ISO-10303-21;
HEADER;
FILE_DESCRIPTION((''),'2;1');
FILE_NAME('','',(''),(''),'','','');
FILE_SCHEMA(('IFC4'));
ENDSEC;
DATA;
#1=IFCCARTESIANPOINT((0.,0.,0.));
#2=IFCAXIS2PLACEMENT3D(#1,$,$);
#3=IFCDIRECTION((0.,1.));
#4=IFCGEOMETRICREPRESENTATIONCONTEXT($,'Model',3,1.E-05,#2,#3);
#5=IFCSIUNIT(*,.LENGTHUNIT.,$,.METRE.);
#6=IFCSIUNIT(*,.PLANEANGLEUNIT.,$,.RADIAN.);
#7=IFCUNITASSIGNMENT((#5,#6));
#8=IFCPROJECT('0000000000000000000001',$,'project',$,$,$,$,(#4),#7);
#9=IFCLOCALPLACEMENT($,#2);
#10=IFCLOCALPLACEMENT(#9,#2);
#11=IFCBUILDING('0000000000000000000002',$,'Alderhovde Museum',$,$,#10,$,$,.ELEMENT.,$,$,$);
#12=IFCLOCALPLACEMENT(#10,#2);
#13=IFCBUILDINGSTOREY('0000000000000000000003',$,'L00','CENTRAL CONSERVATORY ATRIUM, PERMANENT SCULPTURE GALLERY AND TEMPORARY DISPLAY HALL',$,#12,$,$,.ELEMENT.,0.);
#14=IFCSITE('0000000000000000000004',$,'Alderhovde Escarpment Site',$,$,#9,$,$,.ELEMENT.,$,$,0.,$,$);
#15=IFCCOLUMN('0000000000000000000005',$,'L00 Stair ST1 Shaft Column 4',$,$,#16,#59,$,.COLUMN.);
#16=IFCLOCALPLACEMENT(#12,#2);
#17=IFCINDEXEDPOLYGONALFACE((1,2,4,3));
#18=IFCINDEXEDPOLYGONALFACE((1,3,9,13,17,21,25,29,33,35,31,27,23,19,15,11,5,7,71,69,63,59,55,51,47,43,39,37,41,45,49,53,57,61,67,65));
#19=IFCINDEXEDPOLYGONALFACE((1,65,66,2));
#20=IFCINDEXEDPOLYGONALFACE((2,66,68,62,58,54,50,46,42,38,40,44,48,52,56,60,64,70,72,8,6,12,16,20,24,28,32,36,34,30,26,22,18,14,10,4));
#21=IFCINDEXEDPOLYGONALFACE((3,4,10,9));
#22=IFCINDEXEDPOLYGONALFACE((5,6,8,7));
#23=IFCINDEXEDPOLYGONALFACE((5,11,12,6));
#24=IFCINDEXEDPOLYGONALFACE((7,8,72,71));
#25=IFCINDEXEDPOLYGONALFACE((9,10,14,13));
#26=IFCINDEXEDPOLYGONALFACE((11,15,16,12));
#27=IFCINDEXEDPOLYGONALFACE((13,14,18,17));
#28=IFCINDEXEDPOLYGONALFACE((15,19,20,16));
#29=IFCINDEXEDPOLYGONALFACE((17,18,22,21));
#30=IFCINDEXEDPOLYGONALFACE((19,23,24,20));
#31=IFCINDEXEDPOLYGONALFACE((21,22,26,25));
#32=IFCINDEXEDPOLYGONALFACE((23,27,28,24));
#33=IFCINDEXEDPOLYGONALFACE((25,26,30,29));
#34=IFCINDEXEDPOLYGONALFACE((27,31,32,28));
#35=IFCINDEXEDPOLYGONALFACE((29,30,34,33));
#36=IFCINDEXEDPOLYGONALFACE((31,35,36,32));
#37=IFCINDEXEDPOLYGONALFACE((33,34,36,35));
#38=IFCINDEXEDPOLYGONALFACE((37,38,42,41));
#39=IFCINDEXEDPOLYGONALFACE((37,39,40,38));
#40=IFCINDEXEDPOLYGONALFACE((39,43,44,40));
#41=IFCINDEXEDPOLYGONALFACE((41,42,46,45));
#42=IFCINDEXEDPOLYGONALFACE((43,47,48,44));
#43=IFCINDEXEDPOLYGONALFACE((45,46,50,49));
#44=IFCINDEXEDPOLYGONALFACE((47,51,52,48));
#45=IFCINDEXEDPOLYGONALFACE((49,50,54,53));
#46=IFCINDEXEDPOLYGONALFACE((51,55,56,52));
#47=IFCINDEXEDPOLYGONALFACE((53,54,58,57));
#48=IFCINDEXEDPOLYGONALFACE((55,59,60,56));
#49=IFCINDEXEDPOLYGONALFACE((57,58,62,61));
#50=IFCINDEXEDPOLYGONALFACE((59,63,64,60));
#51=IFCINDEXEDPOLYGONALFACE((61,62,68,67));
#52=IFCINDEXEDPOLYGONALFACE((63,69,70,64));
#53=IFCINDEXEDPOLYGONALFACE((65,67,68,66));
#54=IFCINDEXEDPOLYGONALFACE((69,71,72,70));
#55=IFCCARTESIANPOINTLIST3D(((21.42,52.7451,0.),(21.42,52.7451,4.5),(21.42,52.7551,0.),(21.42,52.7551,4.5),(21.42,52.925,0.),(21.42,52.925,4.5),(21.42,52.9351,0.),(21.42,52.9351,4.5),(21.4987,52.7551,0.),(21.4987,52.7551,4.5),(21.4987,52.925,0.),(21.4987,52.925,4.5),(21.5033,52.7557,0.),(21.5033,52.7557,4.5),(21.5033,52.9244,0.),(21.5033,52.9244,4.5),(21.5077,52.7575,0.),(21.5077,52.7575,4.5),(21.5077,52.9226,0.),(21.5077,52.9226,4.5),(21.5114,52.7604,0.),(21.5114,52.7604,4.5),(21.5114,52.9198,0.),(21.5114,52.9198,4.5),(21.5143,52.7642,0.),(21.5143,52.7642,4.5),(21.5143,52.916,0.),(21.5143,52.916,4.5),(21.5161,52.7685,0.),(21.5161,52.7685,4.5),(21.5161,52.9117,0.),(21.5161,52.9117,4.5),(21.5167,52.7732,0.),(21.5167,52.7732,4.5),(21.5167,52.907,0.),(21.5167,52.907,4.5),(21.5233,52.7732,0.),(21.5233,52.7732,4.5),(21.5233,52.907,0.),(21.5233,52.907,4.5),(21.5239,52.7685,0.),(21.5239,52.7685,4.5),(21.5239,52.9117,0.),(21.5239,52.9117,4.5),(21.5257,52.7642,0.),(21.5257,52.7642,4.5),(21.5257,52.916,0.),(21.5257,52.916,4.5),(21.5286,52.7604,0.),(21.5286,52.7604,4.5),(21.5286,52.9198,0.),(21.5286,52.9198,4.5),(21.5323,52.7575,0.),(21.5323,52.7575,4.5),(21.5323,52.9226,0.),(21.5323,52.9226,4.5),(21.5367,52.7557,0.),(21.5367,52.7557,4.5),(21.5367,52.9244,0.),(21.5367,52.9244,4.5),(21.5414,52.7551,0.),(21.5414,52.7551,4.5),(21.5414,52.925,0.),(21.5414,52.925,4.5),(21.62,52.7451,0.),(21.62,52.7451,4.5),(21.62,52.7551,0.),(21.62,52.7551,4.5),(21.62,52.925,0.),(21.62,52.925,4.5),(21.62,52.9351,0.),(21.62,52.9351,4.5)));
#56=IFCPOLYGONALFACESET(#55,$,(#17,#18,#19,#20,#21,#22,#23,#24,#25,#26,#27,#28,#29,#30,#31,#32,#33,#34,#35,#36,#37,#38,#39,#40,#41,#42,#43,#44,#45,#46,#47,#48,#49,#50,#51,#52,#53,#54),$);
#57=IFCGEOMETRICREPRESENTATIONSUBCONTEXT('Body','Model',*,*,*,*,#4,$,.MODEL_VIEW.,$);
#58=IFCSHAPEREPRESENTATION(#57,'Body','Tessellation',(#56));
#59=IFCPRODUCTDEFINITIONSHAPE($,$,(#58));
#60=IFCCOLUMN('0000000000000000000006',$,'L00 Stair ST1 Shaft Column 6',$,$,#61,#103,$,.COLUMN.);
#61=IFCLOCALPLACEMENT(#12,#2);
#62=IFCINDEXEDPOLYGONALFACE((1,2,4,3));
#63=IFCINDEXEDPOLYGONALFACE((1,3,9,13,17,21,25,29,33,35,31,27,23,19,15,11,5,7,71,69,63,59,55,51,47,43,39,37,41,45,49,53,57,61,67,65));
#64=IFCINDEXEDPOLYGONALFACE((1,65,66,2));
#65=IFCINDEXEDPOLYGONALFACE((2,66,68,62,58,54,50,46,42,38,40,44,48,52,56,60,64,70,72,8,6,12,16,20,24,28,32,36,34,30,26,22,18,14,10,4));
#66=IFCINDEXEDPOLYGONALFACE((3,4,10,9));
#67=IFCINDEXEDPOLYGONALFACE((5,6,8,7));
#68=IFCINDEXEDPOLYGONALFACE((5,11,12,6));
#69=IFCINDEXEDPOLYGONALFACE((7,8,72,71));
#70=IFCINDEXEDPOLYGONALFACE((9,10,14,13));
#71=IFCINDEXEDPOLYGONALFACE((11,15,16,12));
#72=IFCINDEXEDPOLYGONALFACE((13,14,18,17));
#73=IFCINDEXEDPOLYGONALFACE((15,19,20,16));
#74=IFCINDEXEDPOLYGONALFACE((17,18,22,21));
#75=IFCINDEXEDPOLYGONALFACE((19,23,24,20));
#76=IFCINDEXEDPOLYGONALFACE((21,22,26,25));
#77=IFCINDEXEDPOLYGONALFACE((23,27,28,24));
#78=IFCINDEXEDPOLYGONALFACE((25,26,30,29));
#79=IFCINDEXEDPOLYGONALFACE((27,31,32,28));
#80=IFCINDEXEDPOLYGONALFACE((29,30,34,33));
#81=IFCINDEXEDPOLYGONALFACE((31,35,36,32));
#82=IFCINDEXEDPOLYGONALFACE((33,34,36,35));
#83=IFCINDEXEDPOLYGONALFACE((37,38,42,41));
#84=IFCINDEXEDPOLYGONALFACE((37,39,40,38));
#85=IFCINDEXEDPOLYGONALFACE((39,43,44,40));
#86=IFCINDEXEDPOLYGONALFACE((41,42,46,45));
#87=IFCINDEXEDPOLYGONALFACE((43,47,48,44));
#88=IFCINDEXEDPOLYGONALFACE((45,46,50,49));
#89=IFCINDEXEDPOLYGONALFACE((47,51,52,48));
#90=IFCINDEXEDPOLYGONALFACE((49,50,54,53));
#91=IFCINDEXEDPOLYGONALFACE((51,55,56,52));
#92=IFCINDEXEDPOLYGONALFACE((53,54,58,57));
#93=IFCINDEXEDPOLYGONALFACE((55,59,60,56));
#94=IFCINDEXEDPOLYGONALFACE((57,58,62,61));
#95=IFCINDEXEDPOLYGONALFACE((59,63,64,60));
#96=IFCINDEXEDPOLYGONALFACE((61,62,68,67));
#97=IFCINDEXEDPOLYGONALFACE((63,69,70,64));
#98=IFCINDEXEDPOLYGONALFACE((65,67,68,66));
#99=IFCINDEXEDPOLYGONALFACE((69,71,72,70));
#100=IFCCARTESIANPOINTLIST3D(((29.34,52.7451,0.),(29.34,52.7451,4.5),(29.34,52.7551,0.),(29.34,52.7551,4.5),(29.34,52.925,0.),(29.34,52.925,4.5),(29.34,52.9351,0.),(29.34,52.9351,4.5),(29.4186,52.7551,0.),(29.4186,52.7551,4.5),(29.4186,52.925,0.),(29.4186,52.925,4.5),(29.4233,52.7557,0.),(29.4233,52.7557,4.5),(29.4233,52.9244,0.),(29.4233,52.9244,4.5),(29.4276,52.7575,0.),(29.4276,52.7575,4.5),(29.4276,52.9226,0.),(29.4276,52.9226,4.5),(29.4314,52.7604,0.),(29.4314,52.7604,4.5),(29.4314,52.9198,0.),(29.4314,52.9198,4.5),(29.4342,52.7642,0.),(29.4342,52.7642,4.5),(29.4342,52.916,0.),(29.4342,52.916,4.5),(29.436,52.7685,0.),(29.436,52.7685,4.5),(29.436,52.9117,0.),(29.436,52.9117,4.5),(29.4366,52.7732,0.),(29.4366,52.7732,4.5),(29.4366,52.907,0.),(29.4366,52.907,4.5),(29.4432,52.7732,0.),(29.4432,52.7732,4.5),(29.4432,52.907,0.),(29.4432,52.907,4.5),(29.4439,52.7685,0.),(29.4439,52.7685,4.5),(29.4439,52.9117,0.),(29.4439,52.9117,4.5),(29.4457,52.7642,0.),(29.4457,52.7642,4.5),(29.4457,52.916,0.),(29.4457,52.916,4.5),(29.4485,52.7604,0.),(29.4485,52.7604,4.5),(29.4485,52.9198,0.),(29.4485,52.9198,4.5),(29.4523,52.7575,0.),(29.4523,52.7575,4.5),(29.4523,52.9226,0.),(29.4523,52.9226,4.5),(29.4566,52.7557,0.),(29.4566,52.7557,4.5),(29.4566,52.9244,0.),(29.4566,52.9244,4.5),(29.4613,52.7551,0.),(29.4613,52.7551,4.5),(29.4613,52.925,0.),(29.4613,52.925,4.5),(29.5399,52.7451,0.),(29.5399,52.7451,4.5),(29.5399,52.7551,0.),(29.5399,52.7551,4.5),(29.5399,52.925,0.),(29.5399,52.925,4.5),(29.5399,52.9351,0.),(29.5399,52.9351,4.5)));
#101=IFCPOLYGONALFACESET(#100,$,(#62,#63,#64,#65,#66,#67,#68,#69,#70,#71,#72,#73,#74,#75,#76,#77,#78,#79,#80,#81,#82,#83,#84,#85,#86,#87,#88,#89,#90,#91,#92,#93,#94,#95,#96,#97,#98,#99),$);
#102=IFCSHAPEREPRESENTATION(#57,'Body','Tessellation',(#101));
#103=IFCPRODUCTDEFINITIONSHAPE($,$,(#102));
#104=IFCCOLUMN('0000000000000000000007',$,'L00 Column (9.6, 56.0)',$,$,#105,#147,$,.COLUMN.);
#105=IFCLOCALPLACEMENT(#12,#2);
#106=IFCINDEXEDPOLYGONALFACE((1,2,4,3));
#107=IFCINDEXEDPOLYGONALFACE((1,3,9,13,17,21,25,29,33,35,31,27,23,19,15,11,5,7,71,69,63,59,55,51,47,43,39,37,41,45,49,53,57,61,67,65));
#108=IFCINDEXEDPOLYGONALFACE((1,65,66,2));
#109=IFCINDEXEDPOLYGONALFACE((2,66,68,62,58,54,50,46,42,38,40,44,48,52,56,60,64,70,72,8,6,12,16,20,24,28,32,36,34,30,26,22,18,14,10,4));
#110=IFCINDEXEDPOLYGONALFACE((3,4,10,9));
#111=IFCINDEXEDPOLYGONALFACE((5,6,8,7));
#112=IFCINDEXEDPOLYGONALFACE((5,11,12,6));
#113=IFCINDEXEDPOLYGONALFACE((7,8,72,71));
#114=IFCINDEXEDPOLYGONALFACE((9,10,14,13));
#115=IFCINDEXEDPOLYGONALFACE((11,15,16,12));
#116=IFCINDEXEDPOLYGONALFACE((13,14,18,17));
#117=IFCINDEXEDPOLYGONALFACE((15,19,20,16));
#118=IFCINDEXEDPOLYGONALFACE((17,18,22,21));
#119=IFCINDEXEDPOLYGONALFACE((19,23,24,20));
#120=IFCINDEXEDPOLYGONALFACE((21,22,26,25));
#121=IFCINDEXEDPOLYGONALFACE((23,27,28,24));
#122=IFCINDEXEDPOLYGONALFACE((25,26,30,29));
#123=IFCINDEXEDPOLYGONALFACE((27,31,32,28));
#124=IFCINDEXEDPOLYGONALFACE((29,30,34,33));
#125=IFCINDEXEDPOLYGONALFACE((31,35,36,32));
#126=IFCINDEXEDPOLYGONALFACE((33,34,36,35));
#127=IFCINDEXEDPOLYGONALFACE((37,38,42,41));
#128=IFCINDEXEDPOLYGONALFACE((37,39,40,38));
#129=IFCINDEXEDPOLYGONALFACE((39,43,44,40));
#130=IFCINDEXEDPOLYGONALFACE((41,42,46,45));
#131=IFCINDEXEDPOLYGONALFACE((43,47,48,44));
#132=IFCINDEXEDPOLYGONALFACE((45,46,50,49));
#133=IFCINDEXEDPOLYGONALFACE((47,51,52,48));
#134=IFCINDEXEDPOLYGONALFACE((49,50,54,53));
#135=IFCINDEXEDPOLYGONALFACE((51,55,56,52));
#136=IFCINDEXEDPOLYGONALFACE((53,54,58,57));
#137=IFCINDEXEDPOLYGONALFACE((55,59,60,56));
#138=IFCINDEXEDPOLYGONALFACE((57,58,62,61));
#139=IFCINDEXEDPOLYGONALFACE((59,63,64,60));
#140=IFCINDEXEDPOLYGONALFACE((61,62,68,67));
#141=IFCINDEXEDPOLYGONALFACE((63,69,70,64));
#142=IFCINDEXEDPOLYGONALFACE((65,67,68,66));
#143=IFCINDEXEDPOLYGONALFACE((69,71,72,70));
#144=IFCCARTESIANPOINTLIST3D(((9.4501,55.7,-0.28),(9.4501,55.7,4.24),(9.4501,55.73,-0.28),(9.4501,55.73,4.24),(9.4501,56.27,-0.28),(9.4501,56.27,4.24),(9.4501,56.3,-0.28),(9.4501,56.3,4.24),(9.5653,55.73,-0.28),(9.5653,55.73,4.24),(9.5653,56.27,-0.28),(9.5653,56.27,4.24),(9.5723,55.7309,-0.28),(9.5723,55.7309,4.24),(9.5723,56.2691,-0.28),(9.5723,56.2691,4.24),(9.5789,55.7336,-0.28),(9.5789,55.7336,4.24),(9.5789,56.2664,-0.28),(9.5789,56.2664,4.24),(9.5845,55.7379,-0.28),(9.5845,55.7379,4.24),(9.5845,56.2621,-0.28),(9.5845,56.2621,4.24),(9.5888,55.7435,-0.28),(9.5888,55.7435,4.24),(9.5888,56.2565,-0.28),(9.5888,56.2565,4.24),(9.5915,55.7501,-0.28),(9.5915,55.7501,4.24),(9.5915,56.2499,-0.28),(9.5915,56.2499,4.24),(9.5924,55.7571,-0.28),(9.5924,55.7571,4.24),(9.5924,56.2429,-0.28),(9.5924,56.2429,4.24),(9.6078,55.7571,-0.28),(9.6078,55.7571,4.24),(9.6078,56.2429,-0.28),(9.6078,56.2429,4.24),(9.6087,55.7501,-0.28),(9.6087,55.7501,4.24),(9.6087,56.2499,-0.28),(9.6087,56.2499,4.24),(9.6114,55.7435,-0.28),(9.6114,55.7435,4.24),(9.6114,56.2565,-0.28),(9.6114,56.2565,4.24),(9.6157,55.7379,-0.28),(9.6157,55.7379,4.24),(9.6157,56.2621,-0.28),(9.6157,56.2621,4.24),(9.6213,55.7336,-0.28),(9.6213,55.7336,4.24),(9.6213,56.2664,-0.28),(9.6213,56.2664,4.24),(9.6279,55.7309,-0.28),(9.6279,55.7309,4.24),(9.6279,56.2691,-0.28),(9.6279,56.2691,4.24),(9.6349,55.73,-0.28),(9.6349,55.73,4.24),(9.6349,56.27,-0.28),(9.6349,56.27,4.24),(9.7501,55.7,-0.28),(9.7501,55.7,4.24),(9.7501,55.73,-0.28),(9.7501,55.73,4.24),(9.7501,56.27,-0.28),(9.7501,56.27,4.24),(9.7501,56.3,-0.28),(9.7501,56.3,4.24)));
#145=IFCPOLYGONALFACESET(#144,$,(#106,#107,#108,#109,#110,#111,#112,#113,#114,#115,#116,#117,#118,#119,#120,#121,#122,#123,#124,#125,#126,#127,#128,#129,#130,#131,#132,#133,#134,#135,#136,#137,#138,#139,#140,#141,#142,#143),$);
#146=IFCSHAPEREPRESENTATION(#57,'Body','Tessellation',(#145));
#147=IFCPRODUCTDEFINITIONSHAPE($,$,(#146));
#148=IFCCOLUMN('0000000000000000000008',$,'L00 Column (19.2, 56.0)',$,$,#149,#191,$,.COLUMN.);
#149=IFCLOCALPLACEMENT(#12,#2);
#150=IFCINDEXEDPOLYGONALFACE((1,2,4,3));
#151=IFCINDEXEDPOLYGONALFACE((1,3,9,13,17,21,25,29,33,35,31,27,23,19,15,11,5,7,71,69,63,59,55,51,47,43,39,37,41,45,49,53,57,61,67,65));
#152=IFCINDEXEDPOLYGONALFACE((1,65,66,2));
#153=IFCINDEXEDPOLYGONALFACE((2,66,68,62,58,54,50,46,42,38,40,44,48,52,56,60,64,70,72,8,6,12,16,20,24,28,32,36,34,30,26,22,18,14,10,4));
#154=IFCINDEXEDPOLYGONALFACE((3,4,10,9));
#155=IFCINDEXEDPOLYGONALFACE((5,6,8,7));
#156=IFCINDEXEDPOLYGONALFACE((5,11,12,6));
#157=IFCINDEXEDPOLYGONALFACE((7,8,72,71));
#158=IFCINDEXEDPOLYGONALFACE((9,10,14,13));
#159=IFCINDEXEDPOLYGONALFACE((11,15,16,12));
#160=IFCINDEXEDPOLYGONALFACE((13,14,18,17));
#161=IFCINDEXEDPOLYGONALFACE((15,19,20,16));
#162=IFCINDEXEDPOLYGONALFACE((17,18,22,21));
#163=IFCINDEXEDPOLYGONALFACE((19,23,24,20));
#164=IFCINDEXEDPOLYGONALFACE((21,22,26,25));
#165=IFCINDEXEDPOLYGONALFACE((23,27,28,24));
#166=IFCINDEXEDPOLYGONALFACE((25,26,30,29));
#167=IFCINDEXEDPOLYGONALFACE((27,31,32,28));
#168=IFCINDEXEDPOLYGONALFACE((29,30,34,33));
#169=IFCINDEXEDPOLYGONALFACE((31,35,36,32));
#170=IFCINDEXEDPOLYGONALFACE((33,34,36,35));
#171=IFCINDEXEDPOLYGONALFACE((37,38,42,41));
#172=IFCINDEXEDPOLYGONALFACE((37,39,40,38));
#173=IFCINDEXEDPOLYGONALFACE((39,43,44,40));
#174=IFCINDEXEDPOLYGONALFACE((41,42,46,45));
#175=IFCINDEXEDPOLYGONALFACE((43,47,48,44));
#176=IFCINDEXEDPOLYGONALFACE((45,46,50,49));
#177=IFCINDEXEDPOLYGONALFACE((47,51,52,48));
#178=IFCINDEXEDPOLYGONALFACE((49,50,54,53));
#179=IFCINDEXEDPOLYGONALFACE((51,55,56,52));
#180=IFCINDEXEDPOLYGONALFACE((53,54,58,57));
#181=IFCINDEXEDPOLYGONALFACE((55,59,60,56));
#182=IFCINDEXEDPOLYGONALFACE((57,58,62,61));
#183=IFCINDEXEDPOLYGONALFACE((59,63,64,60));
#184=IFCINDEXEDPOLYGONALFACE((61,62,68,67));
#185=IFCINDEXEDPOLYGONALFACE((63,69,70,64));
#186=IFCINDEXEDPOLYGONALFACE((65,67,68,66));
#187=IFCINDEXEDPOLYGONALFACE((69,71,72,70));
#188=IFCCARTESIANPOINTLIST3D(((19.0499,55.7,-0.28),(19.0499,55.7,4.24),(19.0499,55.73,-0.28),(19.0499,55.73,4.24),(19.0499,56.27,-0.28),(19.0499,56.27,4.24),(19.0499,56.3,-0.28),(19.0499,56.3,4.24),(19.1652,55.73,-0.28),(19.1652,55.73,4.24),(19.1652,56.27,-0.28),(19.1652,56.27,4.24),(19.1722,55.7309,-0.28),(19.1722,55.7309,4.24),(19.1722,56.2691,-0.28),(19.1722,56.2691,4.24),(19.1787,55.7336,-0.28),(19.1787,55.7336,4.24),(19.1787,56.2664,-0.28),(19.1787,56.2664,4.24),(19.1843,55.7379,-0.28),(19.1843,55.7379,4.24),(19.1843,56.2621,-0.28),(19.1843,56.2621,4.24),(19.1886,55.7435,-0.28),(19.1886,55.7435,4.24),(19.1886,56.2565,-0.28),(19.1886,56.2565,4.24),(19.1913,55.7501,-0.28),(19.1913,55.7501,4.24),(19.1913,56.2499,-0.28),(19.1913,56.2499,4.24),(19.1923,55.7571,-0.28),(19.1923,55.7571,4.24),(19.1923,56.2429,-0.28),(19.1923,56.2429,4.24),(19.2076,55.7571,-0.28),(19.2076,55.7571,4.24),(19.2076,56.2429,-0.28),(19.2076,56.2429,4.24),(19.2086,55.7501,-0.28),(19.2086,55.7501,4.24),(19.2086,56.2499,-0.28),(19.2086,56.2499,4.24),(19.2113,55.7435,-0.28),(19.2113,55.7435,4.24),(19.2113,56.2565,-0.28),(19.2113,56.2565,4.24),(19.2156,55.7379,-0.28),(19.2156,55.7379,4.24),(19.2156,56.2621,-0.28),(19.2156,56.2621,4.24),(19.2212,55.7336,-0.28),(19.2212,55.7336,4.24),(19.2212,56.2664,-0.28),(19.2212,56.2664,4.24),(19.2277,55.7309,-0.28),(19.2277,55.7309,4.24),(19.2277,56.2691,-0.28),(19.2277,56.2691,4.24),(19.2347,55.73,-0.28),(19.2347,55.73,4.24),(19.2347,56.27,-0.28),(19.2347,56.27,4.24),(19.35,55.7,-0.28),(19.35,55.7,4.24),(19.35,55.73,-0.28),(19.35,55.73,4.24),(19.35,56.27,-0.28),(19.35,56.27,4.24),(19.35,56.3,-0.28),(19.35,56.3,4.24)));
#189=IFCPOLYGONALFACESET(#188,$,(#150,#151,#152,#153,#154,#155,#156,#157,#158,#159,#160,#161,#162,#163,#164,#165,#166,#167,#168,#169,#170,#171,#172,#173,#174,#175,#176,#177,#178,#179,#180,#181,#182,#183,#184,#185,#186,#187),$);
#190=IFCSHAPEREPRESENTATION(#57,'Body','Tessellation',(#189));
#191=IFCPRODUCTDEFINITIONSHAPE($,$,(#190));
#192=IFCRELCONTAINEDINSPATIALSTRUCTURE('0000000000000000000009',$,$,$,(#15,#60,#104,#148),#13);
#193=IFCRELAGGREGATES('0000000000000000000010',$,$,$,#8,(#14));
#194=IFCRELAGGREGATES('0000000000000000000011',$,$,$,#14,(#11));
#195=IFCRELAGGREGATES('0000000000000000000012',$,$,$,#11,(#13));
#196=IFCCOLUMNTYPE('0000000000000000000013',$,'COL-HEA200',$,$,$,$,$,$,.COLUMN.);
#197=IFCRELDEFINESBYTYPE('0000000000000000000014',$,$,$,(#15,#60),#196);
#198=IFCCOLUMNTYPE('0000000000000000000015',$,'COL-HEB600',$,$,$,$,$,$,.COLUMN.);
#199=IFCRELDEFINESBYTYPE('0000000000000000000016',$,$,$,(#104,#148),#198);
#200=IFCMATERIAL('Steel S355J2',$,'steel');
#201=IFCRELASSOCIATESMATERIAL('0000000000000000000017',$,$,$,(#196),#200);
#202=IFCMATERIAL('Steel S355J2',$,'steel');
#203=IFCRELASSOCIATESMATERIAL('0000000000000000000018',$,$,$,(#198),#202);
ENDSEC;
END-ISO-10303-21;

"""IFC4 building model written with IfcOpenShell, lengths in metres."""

from ifc_helpers import new_model, si_unit, direction, frame, origin, origin_2d, place, context, subcontext, project, spatial, i_section, extrude, material, material_profile, profile_set, type_object, element, save


model = new_model("IFC4")

# Units and contexts
model_context = context("Model", 3, precision=1e-05, world=origin(), true_north=direction((0.0, 1.0)))
body_context = subcontext(model_context, "Body", "Model", "MODEL_VIEW")
ifc_project = project(units=[si_unit("LENGTHUNIT", "METRE"), si_unit("PLANEANGLEUNIT", "RADIAN")], contexts=[model_context])

# Site, building, storey
site_placement = place(None, origin())
site = spatial("IfcSite", under=ifc_project, at=site_placement, Name="Alderhovde Escarpment Site", CompositionType="ELEMENT", RefElevation=0.0)
building_placement = place(site_placement, origin())
building = spatial("IfcBuilding", under=site, at=building_placement, Name="Alderhovde Museum", CompositionType="ELEMENT")
storey_placement = place(building_placement, origin())
storey = spatial("IfcBuildingStorey", under=building, at=storey_placement, Name="L00", Description="CENTRAL CONSERVATORY ATRIUM, PERMANENT SCULPTURE GALLERY AND TEMPORARY DISPLAY HALL", CompositionType="ELEMENT", Elevation=0.0)

# Columns
ifc_material_1 = material(Name="Steel S355J2", Category="steel")
ifc_material_profile_1 = material_profile(ifc_material_1, i_section(OverallWidth=0.2, OverallDepth=0.1899, WebThickness=0.0066, FlangeThickness=0.01, FilletRadius=0.0181, at=origin_2d()), Name="HEA 200")
ifc_profile_set_1 = profile_set([ifc_material_profile_1], Name="Steel S355J2")
column_type_1 = type_object("IfcColumnType", Name="COL-HEA200", PredefinedType="COLUMN", material=ifc_profile_set_1)
for number, where, z_axis, x_axis, name in (
    (1, (21.52, 52.8401, 0.0), (0.0, 0.0, 1.0), (1.0, 0.0, 0.0), "L00 Stair ST1 Shaft Column 4"),
    (2, (29.4399, 52.8401, 0.0), (0.0, 0.0, 1.0), (1.0, 0.0, 0.0), "L00 Stair ST1 Shaft Column 6"),
):
    element("IfcColumn", number, at=place(storey_placement, frame(where, z_axis=z_axis, x_axis=x_axis)), inside=storey, type_object=column_type_1, Name=name, PredefinedType="COLUMN", context=body_context, shape_type="SweptSolid", body=[
        extrude(i_section(OverallWidth=0.2, OverallDepth=0.1899, WebThickness=0.0066, FlangeThickness=0.01, FilletRadius=0.0181, at=origin_2d()), origin(), (0.0, 0.0, 1.0), 4.5),
    ])
ifc_material_2 = material(Name="Steel S355J2", Category="steel")
ifc_material_profile_2 = material_profile(ifc_material_2, i_section(OverallWidth=0.3, OverallDepth=0.6001, WebThickness=0.0154, FlangeThickness=0.03, FilletRadius=0.0271, at=origin_2d()), Name="HEB 600")
ifc_profile_set_2 = profile_set([ifc_material_profile_2], Name="Steel S355J2")
column_type_2 = type_object("IfcColumnType", Name="COL-HEB600", PredefinedType="COLUMN", material=ifc_profile_set_2)
for number, where, z_axis, x_axis, name in (
    (3, (9.6001, 56.0, -0.28), (0.0, 0.0, 1.0), (1.0, 0.0, 0.0), "L00 Column (9.6, 56.0)"),
    (4, (19.2, 56.0, -0.28), (0.0, 0.0, 1.0), (1.0, 0.0, 0.0), "L00 Column (19.2, 56.0)"),
):
    element("IfcColumn", number, at=place(storey_placement, frame(where, z_axis=z_axis, x_axis=x_axis)), inside=storey, type_object=column_type_2, Name=name, PredefinedType="COLUMN", context=body_context, shape_type="SweptSolid", body=[
        extrude(i_section(OverallWidth=0.3, OverallDepth=0.6001, WebThickness=0.0154, FlangeThickness=0.03, FilletRadius=0.0271, at=origin_2d()), origin(), (0.0, 0.0, 1.0), 4.52),
    ])

save(model, "model.ifc")
